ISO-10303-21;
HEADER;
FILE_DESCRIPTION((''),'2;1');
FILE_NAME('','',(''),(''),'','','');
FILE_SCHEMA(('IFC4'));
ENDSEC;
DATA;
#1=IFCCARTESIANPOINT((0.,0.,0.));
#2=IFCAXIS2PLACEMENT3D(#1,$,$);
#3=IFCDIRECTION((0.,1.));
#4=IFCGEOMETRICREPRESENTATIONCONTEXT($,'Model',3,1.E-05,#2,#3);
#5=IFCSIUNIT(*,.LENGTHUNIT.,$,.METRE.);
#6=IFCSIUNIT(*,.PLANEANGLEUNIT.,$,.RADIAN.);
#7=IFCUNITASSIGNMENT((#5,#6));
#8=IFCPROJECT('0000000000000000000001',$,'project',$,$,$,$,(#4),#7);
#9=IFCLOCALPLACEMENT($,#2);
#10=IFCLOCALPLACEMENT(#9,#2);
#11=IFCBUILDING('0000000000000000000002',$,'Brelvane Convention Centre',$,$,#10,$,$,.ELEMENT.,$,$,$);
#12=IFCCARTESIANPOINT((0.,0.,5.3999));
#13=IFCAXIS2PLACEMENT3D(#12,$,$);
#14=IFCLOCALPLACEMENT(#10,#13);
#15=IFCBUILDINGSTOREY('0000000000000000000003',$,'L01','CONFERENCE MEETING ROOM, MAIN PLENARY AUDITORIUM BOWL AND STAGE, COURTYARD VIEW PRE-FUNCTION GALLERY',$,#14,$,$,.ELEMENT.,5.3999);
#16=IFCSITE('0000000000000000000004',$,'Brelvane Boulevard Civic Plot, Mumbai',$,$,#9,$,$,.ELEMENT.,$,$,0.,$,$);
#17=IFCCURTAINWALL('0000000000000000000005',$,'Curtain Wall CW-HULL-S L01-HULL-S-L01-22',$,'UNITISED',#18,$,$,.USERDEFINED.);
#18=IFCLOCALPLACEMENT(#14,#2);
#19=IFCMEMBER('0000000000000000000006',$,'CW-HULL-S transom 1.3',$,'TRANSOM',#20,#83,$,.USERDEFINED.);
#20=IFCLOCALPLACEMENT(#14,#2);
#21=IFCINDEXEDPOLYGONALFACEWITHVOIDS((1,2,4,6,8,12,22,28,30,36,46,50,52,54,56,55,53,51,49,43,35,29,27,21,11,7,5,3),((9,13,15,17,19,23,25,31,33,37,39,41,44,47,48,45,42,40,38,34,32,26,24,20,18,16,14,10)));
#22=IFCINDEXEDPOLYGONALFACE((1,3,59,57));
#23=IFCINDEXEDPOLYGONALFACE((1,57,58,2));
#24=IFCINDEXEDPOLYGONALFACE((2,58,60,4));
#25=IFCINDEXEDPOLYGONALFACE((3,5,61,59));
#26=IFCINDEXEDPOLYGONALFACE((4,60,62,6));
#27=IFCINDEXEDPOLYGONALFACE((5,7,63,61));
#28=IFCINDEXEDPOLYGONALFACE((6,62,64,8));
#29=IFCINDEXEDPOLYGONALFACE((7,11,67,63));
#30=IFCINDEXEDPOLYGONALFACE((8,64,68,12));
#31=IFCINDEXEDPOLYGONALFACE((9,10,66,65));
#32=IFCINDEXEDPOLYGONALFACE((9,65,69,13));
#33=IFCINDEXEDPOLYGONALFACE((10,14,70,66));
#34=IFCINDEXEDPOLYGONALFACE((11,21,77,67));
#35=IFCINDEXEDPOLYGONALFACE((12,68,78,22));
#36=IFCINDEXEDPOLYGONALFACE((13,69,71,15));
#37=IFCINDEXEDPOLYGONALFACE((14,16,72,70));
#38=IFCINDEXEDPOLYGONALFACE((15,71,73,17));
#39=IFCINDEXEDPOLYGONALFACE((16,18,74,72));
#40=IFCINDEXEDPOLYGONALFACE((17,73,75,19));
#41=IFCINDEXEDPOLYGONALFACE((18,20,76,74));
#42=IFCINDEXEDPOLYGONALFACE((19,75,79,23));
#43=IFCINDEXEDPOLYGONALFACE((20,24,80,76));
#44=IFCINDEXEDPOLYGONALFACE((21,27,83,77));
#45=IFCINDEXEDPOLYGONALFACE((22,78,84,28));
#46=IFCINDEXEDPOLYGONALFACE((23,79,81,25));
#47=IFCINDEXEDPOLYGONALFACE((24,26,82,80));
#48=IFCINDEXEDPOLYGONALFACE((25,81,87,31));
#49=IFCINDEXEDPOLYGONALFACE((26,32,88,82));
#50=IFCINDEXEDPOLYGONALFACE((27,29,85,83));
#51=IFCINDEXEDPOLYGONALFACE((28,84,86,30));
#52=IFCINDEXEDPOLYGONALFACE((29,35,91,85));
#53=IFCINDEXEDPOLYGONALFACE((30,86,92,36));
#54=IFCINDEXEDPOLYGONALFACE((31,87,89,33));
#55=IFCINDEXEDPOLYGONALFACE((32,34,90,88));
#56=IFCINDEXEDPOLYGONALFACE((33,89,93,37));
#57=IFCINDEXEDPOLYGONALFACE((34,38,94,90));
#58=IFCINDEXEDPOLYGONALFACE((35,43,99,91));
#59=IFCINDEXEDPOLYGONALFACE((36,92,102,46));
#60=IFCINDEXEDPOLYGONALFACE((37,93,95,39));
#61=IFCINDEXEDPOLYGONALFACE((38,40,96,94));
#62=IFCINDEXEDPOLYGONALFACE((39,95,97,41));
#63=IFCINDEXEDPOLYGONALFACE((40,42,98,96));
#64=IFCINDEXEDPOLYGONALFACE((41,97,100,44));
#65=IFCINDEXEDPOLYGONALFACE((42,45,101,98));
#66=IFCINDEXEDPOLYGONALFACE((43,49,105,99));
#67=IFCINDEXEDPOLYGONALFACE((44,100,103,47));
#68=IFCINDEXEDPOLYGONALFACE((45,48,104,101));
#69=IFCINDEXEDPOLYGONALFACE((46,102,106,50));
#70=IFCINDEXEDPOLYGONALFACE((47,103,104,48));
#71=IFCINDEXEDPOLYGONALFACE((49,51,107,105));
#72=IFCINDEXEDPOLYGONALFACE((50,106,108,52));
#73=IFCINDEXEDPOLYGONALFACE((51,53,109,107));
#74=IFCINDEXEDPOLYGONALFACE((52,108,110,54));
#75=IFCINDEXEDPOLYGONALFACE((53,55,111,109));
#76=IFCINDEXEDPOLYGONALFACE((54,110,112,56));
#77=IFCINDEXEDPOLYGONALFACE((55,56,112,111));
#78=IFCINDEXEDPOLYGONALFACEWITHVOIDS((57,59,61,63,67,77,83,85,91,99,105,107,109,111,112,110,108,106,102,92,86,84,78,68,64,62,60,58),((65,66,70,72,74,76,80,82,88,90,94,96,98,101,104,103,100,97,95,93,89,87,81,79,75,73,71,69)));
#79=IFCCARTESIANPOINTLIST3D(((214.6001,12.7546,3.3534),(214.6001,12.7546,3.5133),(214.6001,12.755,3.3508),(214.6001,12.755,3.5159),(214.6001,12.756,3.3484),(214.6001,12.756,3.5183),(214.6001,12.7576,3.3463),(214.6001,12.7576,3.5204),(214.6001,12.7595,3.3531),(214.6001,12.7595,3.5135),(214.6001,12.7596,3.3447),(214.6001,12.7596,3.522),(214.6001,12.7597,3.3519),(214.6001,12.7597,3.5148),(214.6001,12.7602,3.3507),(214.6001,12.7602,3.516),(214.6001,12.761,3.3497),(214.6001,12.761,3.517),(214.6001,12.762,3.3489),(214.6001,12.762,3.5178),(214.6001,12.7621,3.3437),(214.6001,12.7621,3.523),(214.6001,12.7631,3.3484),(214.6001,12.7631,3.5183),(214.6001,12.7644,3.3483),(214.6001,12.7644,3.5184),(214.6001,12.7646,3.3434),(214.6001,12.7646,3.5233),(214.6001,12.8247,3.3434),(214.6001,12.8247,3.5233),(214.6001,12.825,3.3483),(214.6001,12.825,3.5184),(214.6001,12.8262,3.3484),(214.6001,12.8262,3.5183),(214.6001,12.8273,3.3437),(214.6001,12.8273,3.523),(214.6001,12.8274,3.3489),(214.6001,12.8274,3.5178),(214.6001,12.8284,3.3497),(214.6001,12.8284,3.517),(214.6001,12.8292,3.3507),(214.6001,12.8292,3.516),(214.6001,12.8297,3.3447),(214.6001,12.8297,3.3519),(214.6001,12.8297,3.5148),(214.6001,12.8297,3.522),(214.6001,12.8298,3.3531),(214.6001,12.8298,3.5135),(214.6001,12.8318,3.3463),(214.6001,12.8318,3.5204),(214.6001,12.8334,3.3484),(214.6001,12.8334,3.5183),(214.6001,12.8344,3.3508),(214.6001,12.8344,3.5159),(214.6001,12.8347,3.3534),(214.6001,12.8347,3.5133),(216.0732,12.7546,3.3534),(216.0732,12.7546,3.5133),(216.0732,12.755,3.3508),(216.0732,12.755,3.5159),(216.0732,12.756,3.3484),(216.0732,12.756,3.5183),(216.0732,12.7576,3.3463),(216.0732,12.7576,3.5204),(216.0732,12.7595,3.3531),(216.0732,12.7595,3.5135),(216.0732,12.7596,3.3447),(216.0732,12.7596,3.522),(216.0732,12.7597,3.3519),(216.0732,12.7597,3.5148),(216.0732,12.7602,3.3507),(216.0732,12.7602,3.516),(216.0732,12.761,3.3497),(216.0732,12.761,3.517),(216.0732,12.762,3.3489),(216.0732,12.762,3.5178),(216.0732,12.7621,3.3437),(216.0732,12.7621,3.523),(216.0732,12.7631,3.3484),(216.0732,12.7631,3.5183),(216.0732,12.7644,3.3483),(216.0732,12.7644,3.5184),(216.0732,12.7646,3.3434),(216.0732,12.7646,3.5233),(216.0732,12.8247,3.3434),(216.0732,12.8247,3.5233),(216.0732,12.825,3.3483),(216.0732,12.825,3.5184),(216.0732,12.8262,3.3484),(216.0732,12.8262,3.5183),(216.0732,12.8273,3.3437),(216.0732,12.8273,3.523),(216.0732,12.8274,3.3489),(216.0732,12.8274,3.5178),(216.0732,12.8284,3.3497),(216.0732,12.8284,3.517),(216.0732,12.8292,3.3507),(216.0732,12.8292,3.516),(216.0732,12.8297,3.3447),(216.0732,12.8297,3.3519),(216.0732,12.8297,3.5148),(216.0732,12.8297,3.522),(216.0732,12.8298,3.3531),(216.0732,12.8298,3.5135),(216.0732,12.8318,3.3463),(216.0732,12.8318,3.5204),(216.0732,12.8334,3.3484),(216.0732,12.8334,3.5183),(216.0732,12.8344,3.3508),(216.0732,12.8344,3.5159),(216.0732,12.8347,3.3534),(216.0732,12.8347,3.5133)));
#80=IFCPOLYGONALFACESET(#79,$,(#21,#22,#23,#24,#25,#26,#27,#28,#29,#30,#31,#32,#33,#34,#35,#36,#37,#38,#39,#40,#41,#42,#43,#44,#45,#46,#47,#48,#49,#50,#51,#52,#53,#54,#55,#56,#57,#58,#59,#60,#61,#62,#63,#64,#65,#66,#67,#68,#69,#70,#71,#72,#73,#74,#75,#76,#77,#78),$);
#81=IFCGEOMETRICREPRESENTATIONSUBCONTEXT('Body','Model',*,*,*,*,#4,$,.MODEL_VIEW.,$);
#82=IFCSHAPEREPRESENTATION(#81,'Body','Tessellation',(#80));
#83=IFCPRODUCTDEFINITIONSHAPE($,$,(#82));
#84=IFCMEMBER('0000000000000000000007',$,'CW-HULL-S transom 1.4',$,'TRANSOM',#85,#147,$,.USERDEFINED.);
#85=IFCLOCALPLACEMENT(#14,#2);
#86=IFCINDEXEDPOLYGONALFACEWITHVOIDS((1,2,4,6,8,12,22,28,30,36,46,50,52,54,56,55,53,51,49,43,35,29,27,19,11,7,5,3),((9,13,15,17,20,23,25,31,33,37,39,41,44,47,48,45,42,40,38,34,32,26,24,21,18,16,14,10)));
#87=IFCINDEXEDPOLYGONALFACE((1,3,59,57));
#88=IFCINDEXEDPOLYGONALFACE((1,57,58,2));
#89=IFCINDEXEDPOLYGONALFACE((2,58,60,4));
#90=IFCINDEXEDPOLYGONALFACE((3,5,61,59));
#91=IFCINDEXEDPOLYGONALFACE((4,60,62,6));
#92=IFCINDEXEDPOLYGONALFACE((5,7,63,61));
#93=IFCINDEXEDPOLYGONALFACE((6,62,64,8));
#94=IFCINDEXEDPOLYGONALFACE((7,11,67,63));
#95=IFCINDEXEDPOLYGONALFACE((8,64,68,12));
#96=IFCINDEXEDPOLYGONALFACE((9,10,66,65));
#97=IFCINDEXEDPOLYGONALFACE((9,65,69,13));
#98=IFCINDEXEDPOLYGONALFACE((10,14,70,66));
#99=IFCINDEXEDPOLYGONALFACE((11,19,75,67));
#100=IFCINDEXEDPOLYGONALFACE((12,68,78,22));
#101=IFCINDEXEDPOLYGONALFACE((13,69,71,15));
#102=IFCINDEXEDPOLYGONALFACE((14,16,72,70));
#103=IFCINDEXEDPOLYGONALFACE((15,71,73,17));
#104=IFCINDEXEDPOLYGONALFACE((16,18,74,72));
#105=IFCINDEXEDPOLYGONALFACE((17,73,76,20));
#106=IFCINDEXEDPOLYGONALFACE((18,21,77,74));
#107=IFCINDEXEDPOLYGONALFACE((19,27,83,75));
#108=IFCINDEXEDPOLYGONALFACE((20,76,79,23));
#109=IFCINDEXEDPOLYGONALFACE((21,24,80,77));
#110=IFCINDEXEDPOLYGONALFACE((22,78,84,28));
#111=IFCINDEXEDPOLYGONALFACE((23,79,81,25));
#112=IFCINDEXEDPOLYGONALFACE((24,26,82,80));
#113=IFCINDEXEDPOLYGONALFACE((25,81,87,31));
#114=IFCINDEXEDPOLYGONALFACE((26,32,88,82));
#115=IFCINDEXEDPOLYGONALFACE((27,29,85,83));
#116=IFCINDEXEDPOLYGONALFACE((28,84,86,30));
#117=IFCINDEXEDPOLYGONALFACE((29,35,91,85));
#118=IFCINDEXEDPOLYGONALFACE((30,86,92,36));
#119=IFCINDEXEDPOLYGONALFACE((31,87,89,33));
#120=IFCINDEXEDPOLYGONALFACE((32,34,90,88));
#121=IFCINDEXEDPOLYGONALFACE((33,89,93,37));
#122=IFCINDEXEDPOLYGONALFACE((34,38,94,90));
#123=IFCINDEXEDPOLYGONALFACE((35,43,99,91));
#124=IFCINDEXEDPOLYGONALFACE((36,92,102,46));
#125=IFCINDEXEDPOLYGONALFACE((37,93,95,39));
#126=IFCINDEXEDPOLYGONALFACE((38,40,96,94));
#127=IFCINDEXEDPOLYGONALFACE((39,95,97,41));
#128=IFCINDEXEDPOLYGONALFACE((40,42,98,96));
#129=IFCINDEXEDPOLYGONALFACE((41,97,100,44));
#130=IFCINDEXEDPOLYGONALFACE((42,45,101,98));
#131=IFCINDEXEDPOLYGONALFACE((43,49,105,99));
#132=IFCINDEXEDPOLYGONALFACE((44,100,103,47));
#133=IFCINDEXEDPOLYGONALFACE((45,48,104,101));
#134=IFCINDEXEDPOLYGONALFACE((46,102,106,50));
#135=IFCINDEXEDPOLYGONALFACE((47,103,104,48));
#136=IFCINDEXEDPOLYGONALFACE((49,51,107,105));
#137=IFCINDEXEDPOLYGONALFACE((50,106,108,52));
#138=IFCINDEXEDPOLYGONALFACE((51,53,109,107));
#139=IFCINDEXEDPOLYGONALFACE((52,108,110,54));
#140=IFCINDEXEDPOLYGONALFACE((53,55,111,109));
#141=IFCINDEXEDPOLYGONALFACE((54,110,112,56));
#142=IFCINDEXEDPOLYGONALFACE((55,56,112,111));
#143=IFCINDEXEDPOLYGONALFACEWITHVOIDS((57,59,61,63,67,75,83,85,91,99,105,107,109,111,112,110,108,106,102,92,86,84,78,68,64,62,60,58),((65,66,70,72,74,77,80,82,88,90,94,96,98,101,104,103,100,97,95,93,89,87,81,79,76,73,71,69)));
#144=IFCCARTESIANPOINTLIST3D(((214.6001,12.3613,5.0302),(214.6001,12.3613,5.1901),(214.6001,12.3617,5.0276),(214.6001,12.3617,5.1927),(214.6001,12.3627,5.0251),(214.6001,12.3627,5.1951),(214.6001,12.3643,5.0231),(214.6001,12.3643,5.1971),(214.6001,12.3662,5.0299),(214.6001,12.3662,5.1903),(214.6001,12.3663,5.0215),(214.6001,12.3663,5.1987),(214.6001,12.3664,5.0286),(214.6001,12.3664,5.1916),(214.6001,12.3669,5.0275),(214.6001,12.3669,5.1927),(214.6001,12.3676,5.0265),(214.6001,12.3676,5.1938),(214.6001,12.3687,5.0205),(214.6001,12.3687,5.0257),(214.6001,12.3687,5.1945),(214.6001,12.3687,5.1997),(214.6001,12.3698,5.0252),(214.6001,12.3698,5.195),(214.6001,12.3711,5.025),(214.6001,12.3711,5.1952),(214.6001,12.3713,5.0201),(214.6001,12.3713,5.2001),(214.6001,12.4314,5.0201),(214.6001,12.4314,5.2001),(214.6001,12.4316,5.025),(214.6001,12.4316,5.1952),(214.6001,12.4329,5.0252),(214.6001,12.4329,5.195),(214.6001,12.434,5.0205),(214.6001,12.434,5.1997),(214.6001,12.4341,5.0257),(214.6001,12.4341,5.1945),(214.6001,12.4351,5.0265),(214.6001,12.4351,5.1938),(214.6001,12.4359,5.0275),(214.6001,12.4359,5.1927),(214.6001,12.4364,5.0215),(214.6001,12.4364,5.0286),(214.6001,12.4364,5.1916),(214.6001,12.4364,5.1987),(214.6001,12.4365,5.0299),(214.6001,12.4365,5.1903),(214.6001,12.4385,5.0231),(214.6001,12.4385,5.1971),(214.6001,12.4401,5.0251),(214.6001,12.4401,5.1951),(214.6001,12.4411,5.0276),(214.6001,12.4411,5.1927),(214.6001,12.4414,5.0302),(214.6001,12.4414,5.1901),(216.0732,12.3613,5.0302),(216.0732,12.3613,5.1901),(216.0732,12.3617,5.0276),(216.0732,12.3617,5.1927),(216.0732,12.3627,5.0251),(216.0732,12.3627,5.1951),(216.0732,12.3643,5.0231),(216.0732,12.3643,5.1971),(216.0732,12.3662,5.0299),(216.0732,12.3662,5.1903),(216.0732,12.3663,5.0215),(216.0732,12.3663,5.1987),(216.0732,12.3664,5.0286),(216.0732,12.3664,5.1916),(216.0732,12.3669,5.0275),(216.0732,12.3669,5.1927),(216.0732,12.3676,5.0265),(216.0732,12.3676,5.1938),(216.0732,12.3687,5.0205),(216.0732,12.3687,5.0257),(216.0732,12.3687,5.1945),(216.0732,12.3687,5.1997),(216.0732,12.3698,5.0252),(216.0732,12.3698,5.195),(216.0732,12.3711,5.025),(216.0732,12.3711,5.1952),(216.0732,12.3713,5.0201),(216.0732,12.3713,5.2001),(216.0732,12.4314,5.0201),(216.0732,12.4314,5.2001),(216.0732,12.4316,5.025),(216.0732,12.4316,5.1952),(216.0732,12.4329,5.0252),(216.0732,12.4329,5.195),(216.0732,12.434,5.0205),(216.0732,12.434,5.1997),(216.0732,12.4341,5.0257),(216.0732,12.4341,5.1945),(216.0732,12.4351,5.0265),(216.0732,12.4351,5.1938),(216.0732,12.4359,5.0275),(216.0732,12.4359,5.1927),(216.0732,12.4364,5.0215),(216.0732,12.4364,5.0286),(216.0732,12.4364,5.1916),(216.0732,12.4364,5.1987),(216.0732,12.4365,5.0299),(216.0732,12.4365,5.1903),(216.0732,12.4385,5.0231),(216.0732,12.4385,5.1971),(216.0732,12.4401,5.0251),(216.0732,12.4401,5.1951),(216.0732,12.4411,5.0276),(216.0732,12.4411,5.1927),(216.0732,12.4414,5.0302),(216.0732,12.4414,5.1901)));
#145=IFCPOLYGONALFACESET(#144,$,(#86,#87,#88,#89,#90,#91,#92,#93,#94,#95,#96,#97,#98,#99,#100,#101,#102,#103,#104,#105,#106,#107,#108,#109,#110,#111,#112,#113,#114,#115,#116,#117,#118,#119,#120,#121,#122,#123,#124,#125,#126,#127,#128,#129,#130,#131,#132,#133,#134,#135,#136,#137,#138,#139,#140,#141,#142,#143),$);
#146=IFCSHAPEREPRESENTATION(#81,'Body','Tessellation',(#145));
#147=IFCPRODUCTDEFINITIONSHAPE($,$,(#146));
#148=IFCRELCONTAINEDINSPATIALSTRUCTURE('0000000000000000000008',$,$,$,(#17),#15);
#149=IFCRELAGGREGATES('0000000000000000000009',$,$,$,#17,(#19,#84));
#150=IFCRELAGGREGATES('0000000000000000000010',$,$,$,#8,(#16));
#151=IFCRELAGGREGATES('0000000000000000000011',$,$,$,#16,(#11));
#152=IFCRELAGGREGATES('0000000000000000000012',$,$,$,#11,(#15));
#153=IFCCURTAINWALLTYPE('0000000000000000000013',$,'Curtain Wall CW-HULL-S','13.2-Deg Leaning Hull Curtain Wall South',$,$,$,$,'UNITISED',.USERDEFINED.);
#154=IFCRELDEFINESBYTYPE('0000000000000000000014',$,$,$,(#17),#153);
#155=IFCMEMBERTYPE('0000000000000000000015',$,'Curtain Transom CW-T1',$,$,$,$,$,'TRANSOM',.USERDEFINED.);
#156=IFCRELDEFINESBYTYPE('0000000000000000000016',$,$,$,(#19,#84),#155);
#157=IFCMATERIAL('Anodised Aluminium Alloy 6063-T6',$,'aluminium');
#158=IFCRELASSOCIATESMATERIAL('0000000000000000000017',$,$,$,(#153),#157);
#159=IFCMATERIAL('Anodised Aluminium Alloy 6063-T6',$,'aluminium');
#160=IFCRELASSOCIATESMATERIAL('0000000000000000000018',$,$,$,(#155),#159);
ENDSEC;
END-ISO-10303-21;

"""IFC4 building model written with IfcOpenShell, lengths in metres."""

from ifc_helpers import new_model, si_unit, direction, frame, origin, origin_2d, place, context, subcontext, project, spatial, hollow_rectangle, extrude, material, material_profile, profile_set, type_object, element, aggregate, save


model = new_model("IFC4")

# Units and contexts
model_context = context("Model", 3, precision=1e-05, world=origin(), true_north=direction((0.0, 1.0)))
body_context = subcontext(model_context, "Body", "Model", "MODEL_VIEW")
ifc_project = project(units=[si_unit("LENGTHUNIT", "METRE"), si_unit("PLANEANGLEUNIT", "RADIAN")], contexts=[model_context])

# Site, building, storey
site_placement = place(None, origin())
site = spatial("IfcSite", under=ifc_project, at=site_placement, Name="Brelvane Boulevard Civic Plot, Mumbai", CompositionType="ELEMENT", RefElevation=0.0)
building_placement = place(site_placement, origin())
building = spatial("IfcBuilding", under=site, at=building_placement, Name="Brelvane Convention Centre", CompositionType="ELEMENT")
storey_placement = place(building_placement, frame((0.0, 0.0, 5.3999)))
storey = spatial("IfcBuildingStorey", under=building, at=storey_placement, Name="L01", Description="CONFERENCE MEETING ROOM, MAIN PLENARY AUDITORIUM BOWL AND STAGE, COURTYARD VIEW PRE-FUNCTION GALLERY", CompositionType="ELEMENT", Elevation=5.3999)

# Curtain wall, members
ifc_material_1 = material(Name="Anodised Aluminium Alloy 6063-T6", Category="aluminium")
curtain_wall_type = type_object("IfcCurtainWallType", Name="Curtain Wall CW-HULL-S", Description="13.2-Deg Leaning Hull Curtain Wall South", ElementType="UNITISED", PredefinedType="USERDEFINED", material=ifc_material_1)
curtain_wall_placement = place(storey_placement, origin())
curtain_wall = element("IfcCurtainWall", 1, at=curtain_wall_placement, inside=storey, type_object=curtain_wall_type, Name="Curtain Wall CW-HULL-S L01-HULL-S-L01-22", ObjectType="UNITISED", PredefinedType="USERDEFINED")
ifc_material_2 = material(Name="Anodised Aluminium Alloy 6063-T6", Category="aluminium")
ifc_material_profile_1 = material_profile(ifc_material_2, hollow_rectangle(XDim=0.0801, YDim=0.1799, WallThickness=0.0049, InnerFilletRadius=0.0049, OuterFilletRadius=0.01, at=origin_2d()), Name="ALU-T 180x80x5.0")
ifc_profile_set_1 = profile_set([ifc_material_profile_1], Name="Anodised Aluminium Alloy 6063-T6")
member_type_1 = type_object("IfcMemberType", Name="Curtain Transom CW-T1", ElementType="TRANSOM", PredefinedType="USERDEFINED", material=ifc_profile_set_1)
member_1_placement = place(storey_placement, frame((214.6001, 12.7947, 3.4333), z_axis=(1.0, 0.0, 0.0), x_axis=(0.0, 1.0, 0.0)))
member_1 = element("IfcMember", 2, at=member_1_placement, type_object=member_type_1, Name="CW-HULL-S transom 1.3", ObjectType="TRANSOM", PredefinedType="USERDEFINED", context=body_context, shape_type="SweptSolid", body=[
    extrude(hollow_rectangle(XDim=0.0801, YDim=0.1799, WallThickness=0.0049, InnerFilletRadius=0.0049, OuterFilletRadius=0.01, at=origin_2d()), origin(), (0.0, 0.0, 1.0), 1.4731),
])
member_2_placement = place(storey_placement, frame((214.6001, 12.4014, 5.1101), z_axis=(1.0, 0.0, 0.0), x_axis=(0.0, 1.0, 0.0)))
member_2 = element("IfcMember", 3, at=member_2_placement, type_object=member_type_1, Name="CW-HULL-S transom 1.4", ObjectType="TRANSOM", PredefinedType="USERDEFINED", context=body_context, shape_type="SweptSolid", body=[
    extrude(hollow_rectangle(XDim=0.0801, YDim=0.1799, WallThickness=0.0049, InnerFilletRadius=0.0049, OuterFilletRadius=0.01, at=origin_2d()), origin(), (0.0, 0.0, 1.0), 1.4731),
])
aggregate(curtain_wall, [member_1, member_2])

save(model, "model.ifc")
